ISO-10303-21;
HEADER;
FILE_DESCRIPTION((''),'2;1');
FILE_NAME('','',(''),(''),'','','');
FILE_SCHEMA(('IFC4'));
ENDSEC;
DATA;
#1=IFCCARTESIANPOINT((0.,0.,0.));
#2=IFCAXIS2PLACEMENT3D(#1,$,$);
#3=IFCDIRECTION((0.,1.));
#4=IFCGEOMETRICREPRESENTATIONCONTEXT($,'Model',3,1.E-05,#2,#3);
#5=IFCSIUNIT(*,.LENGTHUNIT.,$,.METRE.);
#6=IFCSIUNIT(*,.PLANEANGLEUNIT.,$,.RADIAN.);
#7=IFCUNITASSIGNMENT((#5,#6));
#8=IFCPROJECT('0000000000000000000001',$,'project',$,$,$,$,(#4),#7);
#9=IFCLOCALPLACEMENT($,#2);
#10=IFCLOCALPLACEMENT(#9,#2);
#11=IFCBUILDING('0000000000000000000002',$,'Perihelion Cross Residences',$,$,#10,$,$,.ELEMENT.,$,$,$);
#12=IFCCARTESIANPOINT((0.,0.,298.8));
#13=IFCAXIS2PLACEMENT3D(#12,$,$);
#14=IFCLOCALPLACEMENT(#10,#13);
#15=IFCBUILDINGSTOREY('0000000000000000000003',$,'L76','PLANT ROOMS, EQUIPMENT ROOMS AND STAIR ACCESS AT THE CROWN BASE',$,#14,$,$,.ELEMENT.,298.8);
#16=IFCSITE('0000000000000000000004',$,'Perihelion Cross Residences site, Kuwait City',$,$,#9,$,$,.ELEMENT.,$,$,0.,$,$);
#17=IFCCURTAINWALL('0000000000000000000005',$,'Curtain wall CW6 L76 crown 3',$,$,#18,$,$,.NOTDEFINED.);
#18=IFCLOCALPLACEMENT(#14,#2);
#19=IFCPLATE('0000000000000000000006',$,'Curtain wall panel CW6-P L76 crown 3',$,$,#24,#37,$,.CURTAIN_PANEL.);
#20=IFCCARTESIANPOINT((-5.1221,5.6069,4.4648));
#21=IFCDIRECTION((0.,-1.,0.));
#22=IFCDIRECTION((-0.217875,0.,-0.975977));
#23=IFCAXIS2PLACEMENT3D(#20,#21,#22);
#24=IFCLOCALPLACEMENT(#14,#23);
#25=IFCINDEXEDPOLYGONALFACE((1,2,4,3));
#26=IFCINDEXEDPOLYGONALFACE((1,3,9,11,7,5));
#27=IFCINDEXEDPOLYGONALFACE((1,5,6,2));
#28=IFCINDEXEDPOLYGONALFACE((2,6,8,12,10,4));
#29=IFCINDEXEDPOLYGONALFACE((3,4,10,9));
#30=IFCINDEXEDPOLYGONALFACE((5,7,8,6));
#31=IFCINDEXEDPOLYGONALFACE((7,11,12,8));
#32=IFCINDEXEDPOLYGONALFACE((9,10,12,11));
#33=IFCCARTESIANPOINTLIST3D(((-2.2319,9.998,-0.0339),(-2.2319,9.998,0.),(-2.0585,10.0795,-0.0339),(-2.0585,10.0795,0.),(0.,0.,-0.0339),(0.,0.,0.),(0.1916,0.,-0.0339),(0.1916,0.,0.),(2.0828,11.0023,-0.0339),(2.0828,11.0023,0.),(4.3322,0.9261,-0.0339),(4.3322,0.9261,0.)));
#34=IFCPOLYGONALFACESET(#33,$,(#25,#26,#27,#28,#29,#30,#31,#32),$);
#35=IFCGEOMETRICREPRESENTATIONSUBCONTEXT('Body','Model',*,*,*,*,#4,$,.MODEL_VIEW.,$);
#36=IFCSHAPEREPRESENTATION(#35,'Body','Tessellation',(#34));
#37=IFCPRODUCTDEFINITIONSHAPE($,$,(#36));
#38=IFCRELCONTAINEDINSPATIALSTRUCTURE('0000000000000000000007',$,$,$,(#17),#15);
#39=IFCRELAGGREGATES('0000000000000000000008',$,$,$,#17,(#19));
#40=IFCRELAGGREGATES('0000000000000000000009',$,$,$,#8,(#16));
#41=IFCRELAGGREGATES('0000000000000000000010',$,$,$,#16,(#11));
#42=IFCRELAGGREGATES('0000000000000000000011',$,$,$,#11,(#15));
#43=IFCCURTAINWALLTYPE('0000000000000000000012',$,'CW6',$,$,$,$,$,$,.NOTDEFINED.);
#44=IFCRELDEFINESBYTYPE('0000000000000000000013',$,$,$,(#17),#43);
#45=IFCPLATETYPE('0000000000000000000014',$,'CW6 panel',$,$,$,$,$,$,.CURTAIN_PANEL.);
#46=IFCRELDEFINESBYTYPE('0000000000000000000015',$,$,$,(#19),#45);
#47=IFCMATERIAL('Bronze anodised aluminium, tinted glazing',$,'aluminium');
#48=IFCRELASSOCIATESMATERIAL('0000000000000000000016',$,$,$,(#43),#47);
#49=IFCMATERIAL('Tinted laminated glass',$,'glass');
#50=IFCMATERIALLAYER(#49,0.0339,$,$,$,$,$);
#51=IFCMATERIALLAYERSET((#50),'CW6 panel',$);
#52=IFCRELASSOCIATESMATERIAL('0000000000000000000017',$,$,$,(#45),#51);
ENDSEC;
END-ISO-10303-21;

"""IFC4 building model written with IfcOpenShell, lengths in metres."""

from ifc_helpers import new_model, si_unit, direction, frame, origin, place, context, subcontext, project, spatial, polyline, outline, extrude, material, layer, layer_set, type_object, element, aggregate, save


model = new_model("IFC4")

# Units and contexts
model_context = context("Model", 3, precision=1e-05, world=origin(), true_north=direction((0.0, 1.0)))
body_context = subcontext(model_context, "Body", "Model", "MODEL_VIEW")
ifc_project = project(units=[si_unit("LENGTHUNIT", "METRE"), si_unit("PLANEANGLEUNIT", "RADIAN")], contexts=[model_context])

# Site, building, storey
site_placement = place(None, origin())
site = spatial("IfcSite", under=ifc_project, at=site_placement, Name="Perihelion Cross Residences site, Kuwait City", CompositionType="ELEMENT", RefElevation=0.0)
building_placement = place(site_placement, origin())
building = spatial("IfcBuilding", under=site, at=building_placement, Name="Perihelion Cross Residences", CompositionType="ELEMENT")
storey_placement = place(building_placement, frame((0.0, 0.0, 298.8)))
storey = spatial("IfcBuildingStorey", under=building, at=storey_placement, Name="L76", Description="PLANT ROOMS, EQUIPMENT ROOMS AND STAIR ACCESS AT THE CROWN BASE", CompositionType="ELEMENT", Elevation=298.8)

# Shared definitions
ifc_material_1 = material(Name="Bronze anodised aluminium, tinted glazing", Category="aluminium")
curtain_wall_type = type_object("IfcCurtainWallType", Name="CW6", PredefinedType="NOTDEFINED", material=ifc_material_1)

# Curtain wall, plate
curtain_wall_1_placement = place(storey_placement, origin())
curtain_wall_1 = element("IfcCurtainWall", 1, at=curtain_wall_1_placement, inside=storey, type_object=curtain_wall_type, Name="Curtain wall CW6 L76 crown 3", PredefinedType="NOTDEFINED")
ifc_material_2 = material(Name="Tinted laminated glass", Category="glass")
ifc_layer_1 = layer(ifc_material_2, 0.0339)
ifc_layer_set_1 = layer_set([ifc_layer_1], Name="CW6 panel")
plate_type = type_object("IfcPlateType", Name="CW6 panel", PredefinedType="CURTAIN_PANEL", material=ifc_layer_set_1)
plate_placement = place(storey_placement, frame((-5.1221, 5.6069, 4.4648), z_axis=(0.0, -1.0, 0.0), x_axis=(-0.217875, 0.0, -0.975977)))
plate = element("IfcPlate", 2, at=plate_placement, type_object=plate_type, Name="Curtain wall panel CW6-P L76 crown 3", PredefinedType="CURTAIN_PANEL", context=body_context, shape_type="SweptSolid", body=[
    extrude(outline(polyline([(0.0, 0.0), (0.1916, 0.0), (4.3322, 0.9261), (2.0828, 11.0023), (-2.0585, 10.0795), (-2.2319, 9.998), (0.0, 0.0)])), origin(), (0.0, 0.0, -1.0), 0.0339),
])
aggregate(curtain_wall_1, [plate])

save(model, "model.ifc")
